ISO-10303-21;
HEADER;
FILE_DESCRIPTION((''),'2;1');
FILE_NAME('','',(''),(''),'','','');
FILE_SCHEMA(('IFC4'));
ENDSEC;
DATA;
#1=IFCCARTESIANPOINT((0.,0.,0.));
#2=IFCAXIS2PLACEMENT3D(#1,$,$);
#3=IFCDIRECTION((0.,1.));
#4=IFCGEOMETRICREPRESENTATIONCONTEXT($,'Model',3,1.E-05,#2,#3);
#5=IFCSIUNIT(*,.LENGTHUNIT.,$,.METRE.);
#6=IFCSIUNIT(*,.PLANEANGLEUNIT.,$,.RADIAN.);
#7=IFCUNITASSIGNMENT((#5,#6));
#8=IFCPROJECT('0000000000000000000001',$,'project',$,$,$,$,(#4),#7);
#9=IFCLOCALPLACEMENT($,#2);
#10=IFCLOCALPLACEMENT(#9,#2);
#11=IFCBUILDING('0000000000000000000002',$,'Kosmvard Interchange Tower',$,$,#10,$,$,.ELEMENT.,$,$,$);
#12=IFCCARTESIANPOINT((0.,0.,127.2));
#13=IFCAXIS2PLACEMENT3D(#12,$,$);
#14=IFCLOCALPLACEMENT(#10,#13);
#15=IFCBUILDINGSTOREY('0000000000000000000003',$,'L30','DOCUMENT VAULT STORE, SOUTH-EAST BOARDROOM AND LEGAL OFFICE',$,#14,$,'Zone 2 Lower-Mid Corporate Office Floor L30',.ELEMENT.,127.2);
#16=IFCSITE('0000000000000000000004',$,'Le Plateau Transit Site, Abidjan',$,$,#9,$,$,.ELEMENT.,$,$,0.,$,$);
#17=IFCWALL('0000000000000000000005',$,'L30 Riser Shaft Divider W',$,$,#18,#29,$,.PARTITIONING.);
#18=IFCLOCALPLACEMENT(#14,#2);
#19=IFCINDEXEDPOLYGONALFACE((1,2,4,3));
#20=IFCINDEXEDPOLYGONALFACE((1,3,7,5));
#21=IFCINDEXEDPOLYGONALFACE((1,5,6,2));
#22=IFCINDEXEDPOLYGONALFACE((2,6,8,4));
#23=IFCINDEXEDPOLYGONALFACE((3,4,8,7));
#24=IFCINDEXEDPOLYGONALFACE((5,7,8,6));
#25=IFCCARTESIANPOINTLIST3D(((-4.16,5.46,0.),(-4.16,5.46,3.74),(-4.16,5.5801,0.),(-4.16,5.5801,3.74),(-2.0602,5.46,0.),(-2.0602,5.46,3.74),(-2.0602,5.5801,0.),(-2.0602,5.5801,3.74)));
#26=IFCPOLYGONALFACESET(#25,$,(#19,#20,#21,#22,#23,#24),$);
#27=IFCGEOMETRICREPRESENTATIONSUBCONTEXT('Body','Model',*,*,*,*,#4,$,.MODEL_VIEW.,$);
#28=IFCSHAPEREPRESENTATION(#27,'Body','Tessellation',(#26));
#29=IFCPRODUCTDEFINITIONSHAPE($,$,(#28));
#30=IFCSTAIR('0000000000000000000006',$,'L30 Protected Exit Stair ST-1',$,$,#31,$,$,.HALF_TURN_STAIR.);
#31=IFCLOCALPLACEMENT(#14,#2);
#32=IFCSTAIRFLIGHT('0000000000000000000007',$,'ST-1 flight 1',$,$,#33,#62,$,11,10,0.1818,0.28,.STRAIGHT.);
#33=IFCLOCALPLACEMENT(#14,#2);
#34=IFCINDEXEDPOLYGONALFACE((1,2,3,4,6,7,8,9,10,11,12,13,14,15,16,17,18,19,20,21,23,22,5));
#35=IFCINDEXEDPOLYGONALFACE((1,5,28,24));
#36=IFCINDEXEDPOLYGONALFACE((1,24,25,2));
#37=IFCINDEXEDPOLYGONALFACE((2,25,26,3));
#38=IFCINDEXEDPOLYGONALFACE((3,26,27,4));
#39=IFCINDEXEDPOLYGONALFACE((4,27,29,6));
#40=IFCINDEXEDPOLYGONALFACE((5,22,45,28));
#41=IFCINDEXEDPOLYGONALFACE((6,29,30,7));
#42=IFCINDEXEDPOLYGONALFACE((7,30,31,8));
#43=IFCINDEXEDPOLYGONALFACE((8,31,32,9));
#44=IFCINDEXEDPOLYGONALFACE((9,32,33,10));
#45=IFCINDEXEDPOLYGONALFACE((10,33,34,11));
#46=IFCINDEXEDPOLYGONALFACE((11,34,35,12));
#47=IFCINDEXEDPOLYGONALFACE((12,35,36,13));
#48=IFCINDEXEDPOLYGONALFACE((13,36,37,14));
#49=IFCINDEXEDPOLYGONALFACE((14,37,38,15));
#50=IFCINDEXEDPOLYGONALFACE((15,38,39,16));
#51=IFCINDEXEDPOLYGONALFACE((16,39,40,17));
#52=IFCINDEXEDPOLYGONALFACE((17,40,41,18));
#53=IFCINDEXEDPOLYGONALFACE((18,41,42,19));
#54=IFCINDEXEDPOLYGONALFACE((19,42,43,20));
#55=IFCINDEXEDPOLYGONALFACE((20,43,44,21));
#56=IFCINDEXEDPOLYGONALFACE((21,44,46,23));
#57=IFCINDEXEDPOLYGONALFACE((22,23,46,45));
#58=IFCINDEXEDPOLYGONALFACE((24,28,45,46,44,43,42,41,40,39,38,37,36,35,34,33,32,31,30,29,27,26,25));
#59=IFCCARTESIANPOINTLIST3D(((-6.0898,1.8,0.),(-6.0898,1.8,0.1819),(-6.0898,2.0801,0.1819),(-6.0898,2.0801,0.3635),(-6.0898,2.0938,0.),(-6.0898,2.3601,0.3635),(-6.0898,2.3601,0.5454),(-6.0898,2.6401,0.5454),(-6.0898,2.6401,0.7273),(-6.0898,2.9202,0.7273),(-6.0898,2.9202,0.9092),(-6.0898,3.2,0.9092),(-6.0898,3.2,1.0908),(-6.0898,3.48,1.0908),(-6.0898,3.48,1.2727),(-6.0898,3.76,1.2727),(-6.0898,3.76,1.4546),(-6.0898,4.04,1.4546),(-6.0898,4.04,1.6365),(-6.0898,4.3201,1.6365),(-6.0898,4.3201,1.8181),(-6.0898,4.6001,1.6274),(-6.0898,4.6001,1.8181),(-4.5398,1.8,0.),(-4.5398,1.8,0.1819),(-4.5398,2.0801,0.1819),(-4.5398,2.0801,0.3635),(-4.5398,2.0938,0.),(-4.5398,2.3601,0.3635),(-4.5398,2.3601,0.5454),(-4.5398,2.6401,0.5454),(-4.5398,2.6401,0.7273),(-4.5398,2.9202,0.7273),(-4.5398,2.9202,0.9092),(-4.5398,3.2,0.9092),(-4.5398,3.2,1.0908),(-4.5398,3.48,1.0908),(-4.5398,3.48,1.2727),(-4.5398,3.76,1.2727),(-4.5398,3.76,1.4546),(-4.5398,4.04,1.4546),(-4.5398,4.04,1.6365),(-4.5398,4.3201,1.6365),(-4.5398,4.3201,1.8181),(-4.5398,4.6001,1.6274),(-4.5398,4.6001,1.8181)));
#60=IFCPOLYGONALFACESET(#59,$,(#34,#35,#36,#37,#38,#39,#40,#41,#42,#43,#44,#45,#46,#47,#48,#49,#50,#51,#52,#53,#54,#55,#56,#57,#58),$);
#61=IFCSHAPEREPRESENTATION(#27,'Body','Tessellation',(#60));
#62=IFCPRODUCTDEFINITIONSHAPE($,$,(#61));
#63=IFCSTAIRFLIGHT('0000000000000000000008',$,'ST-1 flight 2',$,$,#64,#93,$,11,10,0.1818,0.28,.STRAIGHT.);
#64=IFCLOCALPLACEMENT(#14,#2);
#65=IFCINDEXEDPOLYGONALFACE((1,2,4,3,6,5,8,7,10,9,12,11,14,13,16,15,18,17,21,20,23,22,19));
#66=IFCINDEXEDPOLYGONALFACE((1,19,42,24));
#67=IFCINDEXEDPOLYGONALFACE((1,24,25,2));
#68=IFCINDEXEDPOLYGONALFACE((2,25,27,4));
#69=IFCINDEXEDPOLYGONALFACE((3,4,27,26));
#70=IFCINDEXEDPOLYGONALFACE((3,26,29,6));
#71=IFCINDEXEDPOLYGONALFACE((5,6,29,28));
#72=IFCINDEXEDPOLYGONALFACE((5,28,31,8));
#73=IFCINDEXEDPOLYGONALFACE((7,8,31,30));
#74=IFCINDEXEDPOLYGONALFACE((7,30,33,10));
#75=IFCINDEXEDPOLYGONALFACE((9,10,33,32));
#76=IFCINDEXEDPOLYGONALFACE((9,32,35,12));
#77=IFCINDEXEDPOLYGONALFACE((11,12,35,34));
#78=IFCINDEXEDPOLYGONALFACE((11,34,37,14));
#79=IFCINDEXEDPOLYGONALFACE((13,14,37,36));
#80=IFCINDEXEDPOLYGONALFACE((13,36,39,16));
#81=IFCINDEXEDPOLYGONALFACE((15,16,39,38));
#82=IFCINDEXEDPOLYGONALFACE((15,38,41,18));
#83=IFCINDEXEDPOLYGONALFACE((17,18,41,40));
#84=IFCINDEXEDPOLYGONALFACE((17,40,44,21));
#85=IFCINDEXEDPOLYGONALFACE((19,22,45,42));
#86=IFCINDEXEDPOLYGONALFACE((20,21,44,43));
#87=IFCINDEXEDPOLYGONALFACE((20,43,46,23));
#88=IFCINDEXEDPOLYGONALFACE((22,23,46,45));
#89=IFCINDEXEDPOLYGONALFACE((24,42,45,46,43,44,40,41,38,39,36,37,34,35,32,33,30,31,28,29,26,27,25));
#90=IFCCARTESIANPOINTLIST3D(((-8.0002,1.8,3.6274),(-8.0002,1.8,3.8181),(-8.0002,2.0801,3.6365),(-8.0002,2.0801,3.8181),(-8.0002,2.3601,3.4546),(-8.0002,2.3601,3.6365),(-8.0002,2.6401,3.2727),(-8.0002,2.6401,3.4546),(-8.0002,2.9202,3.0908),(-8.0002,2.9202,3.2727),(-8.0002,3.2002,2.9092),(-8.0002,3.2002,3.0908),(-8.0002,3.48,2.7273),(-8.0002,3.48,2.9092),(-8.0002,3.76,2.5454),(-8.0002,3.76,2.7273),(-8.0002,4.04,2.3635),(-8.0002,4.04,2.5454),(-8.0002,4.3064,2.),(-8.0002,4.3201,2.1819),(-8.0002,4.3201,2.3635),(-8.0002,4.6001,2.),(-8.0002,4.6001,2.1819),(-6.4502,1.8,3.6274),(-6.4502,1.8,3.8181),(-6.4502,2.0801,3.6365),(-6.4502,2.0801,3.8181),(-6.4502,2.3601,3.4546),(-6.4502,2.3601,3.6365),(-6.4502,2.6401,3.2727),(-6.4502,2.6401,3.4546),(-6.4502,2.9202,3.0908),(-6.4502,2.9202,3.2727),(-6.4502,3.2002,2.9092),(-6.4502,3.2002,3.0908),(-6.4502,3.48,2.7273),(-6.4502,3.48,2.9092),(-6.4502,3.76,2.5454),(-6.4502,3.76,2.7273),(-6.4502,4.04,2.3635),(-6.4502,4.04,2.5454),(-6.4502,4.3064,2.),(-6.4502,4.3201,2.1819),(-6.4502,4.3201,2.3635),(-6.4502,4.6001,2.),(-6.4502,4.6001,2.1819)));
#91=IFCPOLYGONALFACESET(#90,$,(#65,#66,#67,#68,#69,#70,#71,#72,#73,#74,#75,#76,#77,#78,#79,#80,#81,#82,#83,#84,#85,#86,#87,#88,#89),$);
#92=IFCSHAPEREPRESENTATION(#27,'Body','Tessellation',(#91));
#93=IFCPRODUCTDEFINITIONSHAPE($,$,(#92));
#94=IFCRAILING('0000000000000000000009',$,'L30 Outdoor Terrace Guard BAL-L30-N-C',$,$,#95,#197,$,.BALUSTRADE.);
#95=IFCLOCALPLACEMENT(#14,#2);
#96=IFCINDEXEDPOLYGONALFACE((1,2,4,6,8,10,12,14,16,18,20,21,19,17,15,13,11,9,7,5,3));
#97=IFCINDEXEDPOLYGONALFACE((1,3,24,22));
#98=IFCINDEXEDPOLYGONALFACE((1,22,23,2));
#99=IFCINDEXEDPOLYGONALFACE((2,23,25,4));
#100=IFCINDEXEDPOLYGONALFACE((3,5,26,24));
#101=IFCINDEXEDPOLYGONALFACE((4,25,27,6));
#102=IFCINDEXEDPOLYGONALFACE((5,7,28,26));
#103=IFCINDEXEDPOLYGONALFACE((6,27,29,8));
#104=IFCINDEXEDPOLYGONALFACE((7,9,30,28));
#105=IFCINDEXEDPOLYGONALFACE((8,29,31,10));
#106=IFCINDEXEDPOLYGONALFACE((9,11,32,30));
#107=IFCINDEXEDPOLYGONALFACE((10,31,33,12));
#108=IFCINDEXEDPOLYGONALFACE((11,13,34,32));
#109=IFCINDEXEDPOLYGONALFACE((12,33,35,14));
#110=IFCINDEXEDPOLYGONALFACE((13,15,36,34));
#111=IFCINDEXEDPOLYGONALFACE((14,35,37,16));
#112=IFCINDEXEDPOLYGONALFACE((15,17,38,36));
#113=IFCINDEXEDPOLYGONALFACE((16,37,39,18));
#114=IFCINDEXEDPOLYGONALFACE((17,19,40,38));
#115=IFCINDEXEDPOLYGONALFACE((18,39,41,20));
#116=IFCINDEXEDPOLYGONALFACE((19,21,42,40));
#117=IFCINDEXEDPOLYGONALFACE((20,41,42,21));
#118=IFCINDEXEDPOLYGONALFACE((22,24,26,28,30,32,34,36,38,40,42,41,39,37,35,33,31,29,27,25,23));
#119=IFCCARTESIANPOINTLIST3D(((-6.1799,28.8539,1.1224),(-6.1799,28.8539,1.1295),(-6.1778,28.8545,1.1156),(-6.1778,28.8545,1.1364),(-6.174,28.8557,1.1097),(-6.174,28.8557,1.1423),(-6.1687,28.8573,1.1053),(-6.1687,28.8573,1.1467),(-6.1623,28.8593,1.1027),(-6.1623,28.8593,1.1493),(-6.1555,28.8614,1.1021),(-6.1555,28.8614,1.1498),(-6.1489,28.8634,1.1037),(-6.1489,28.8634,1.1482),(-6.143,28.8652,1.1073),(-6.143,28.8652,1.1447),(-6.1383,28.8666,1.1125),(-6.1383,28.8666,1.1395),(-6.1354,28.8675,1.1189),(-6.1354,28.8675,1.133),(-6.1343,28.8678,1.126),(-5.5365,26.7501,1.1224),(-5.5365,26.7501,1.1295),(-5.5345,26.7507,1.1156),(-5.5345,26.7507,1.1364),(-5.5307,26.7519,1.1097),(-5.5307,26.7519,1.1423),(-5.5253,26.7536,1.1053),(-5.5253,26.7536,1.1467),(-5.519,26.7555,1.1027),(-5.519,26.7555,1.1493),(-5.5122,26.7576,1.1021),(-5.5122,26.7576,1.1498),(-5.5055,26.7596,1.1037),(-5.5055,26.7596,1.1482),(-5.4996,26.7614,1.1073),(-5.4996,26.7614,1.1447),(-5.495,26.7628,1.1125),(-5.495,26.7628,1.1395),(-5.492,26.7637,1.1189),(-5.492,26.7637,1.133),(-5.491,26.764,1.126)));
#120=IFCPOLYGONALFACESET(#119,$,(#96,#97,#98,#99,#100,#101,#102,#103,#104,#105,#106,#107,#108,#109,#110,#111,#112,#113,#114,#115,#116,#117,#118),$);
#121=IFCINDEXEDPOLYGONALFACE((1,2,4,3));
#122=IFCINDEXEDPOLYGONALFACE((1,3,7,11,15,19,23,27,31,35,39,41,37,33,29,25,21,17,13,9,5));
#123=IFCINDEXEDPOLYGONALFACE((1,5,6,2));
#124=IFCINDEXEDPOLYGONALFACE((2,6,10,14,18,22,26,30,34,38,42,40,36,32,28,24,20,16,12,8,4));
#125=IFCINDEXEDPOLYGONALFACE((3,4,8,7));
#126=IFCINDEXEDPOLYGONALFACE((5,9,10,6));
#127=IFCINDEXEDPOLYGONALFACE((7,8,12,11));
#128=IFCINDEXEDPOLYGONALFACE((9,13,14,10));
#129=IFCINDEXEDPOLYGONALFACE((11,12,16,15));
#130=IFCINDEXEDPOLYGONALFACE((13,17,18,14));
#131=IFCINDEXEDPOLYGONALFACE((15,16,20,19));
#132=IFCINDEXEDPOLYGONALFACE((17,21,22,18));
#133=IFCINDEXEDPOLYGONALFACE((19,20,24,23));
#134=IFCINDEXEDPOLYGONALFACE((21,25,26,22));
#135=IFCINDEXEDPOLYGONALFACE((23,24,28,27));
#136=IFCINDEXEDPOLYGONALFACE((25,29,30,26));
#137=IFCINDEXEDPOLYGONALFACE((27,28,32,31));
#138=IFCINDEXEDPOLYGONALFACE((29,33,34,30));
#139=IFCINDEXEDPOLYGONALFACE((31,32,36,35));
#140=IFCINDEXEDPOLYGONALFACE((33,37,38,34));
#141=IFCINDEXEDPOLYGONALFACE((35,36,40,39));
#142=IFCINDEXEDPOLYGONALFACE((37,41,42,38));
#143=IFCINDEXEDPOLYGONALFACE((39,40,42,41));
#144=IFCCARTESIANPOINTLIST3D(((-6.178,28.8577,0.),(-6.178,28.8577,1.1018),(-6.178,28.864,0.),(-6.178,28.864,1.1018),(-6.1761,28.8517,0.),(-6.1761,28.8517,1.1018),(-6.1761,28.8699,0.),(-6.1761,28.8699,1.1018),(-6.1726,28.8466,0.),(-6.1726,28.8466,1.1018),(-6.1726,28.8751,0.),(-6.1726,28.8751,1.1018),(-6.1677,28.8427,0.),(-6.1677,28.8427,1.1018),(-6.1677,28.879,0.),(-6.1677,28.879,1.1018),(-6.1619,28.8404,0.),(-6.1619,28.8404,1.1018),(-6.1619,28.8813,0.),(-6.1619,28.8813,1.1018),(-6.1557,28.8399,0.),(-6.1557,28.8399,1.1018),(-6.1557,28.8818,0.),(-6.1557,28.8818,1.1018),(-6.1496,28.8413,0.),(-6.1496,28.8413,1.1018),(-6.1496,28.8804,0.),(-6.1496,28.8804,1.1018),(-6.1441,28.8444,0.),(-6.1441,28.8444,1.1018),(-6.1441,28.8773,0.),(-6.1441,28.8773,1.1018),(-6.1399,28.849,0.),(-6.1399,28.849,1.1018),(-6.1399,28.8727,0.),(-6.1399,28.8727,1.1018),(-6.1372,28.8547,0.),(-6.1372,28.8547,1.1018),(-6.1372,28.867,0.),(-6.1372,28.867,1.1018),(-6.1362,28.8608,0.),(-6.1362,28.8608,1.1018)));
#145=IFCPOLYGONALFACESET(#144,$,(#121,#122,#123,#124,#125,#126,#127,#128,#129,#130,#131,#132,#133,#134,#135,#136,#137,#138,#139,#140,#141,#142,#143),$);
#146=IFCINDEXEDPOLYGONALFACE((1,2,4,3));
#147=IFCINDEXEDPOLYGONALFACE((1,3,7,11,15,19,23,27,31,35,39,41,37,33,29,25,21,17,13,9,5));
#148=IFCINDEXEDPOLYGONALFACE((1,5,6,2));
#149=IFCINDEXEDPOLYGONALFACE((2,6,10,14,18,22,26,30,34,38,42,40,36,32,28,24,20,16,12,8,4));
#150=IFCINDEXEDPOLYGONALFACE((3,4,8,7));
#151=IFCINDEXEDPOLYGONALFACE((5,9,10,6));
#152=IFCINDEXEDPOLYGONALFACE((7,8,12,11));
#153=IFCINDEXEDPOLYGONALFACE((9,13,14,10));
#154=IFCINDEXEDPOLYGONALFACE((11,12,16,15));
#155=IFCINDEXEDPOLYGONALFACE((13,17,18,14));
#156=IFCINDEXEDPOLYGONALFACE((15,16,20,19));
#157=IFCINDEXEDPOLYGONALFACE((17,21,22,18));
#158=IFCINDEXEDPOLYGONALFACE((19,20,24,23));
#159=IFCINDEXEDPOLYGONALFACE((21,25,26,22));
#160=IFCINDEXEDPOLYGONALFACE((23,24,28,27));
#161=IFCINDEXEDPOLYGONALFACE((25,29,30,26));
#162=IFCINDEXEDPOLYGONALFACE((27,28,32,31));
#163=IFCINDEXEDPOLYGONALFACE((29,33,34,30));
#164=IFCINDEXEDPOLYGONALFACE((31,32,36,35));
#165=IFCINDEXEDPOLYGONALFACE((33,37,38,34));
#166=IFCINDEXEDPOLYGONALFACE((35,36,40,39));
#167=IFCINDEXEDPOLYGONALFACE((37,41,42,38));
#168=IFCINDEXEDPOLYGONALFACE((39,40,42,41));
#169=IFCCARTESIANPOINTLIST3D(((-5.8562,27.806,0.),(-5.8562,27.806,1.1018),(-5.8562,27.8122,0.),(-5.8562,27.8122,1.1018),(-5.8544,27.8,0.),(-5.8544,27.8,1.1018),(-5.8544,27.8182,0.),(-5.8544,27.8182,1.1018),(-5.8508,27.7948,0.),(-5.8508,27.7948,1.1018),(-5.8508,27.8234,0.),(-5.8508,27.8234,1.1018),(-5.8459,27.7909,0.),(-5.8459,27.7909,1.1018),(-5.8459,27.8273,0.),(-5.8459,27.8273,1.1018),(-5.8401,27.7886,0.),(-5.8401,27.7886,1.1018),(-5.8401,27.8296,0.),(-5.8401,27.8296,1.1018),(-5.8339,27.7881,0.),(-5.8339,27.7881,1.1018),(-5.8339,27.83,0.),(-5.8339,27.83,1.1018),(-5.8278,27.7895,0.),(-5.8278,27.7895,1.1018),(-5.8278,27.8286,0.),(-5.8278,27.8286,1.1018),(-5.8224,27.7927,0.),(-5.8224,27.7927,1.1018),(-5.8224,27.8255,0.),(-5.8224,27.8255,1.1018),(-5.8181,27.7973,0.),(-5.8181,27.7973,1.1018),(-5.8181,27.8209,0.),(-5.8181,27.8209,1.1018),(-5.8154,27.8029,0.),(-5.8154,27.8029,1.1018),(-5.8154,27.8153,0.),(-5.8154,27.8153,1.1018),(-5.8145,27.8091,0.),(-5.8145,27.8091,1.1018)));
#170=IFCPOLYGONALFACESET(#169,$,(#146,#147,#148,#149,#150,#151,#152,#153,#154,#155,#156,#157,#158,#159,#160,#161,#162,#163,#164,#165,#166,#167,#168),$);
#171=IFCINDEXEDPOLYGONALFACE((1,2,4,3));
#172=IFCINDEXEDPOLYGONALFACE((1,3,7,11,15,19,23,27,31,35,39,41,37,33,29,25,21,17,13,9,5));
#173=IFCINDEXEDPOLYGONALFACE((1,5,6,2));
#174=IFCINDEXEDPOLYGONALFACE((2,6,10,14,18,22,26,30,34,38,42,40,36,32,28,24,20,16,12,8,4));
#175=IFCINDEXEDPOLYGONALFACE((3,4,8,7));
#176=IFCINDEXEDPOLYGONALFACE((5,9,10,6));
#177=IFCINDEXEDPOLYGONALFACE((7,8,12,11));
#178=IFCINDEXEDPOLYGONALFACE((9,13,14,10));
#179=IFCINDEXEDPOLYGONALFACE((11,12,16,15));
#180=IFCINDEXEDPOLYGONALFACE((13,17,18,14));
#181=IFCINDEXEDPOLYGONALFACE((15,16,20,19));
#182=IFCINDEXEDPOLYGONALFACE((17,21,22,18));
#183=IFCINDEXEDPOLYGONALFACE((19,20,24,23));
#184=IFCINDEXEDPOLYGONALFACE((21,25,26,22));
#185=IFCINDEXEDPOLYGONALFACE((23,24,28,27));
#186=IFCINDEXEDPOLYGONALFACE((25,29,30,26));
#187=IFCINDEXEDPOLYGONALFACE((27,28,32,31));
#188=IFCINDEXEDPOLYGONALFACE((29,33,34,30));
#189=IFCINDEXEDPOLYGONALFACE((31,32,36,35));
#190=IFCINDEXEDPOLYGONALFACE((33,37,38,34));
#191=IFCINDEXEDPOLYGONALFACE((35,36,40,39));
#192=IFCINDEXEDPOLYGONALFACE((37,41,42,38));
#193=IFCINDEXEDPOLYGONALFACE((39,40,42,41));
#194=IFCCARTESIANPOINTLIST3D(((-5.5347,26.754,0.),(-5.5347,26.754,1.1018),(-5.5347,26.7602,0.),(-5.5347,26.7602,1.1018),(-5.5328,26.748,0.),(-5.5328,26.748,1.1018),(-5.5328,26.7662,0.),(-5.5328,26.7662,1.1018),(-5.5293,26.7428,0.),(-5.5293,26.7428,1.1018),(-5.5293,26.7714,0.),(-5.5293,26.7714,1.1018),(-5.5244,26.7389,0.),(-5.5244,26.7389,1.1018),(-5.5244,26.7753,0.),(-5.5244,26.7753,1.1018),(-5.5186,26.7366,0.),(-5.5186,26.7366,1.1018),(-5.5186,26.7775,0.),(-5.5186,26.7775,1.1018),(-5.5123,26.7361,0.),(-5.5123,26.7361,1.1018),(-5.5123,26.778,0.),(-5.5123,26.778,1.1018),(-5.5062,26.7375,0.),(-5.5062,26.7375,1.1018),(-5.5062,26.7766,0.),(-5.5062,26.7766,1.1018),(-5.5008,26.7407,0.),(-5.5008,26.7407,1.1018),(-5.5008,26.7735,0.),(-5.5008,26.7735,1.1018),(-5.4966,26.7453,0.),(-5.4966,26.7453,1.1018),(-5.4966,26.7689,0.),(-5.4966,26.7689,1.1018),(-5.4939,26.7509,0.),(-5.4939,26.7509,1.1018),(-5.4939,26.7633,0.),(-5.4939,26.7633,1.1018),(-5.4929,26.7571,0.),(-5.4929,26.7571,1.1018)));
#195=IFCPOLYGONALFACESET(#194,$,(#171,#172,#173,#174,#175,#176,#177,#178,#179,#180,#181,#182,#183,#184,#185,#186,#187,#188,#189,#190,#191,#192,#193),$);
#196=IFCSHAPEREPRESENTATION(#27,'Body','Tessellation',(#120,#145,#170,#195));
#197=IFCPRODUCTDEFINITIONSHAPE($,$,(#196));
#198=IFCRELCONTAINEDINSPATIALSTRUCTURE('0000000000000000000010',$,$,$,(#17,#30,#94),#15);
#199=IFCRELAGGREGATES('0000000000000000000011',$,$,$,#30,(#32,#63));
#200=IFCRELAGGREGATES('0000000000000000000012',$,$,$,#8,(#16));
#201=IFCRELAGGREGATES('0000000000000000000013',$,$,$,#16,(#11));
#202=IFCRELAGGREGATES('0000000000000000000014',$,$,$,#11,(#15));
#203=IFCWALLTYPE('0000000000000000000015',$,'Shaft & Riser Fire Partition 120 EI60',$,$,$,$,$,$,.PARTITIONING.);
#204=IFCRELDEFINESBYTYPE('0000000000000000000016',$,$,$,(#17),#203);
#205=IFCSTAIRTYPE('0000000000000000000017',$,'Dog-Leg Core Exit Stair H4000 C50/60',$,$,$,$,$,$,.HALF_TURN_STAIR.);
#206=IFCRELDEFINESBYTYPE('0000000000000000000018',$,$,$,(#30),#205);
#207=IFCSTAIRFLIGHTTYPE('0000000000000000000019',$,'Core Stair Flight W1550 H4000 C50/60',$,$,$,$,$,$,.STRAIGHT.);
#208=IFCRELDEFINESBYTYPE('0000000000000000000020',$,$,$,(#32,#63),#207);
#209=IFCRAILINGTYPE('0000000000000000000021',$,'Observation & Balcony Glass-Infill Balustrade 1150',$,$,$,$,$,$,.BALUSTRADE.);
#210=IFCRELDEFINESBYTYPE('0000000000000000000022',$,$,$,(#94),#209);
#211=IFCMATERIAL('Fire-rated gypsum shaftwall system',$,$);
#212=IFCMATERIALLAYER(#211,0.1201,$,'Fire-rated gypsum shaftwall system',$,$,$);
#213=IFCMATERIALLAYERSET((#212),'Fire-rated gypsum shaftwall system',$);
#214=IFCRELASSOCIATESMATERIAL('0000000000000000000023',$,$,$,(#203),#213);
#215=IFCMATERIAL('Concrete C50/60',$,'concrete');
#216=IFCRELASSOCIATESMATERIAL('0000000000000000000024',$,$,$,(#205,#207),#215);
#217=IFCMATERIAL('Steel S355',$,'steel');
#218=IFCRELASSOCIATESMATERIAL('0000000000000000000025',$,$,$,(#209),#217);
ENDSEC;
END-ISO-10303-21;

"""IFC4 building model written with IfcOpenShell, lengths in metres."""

from ifc_helpers import new_model, si_unit, direction, frame, frame_2d, origin, origin_2d, place, context, subcontext, project, spatial, polyline, rectangle, circle, outline, extrude, source, transform, mapped, material, layer, layer_set, type_object, element, aggregate, save


model = new_model("IFC4")

# Units and contexts
model_context = context("Model", 3, precision=1e-05, world=origin(), true_north=direction((0.0, 1.0)))
body_context = subcontext(model_context, "Body", "Model", "MODEL_VIEW")
ifc_project = project(units=[si_unit("LENGTHUNIT", "METRE"), si_unit("PLANEANGLEUNIT", "RADIAN")], contexts=[model_context])

# Site, building, storey
site_placement = place(None, origin())
site = spatial("IfcSite", under=ifc_project, at=site_placement, Name="Le Plateau Transit Site, Abidjan", CompositionType="ELEMENT", RefElevation=0.0)
building_placement = place(site_placement, origin())
building = spatial("IfcBuilding", under=site, at=building_placement, Name="Kosmvard Interchange Tower", CompositionType="ELEMENT")
storey_placement = place(building_placement, frame((0.0, 0.0, 127.2)))
storey = spatial("IfcBuildingStorey", under=building, at=storey_placement, Name="L30", Description="DOCUMENT VAULT STORE, SOUTH-EAST BOARDROOM AND LEGAL OFFICE", LongName="Zone 2 Lower-Mid Corporate Office Floor L30", CompositionType="ELEMENT", Elevation=127.2)

# Shared definitions
ifc_material_1 = material(Name="Steel S355", Category="steel")

# Wall
ifc_material_2 = material(Name="Fire-rated gypsum shaftwall system")
ifc_layer_1 = layer(ifc_material_2, 0.1201, Name="Fire-rated gypsum shaftwall system")
ifc_layer_set_1 = layer_set([ifc_layer_1], Name="Fire-rated gypsum shaftwall system")
wall_type_1 = type_object("IfcWallType", Name="Shaft & Riser Fire Partition 120 EI60", PredefinedType="PARTITIONING", material=ifc_layer_set_1)
wall_1_placement = place(storey_placement, frame((-4.1599, 5.52, 0.0), z_axis=(0.0, 0.0, 1.0), x_axis=(1.0, 0.0, 0.0)))
element("IfcWall", 1, at=wall_1_placement, inside=storey, type_object=wall_type_1, Name="L30 Riser Shaft Divider W", PredefinedType="PARTITIONING", context=body_context, shape_type="SweptSolid", body=[
    extrude(rectangle(XDim=2.0999, YDim=0.1201, at=frame_2d((1.0498, 0.0))), origin(), (0.0, 0.0, 1.0), 3.74),
])

# Stair, stair flights
ifc_material_3 = material(Name="Concrete C50/60", Category="concrete")
stair_type = type_object("IfcStairType", Name="Dog-Leg Core Exit Stair H4000 C50/60", PredefinedType="HALF_TURN_STAIR", material=ifc_material_3)
stair_placement = place(storey_placement, origin())
stair = element("IfcStair", 2, at=stair_placement, inside=storey, type_object=stair_type, Name="L30 Protected Exit Stair ST-1", PredefinedType="HALF_TURN_STAIR")
stair_flight_type = type_object("IfcStairFlightType", Name="Core Stair Flight W1550 H4000 C50/60", PredefinedType="STRAIGHT", material=ifc_material_3)
shared_shape_1 = source(origin(), body_context, "Body", "SweptSolid", [
    extrude(outline(polyline([(0.0, 0.0), (0.0, 0.1819), (0.28, 0.1819), (0.28, 0.3635), (0.5601, 0.3635), (0.5601, 0.5454), (0.8401, 0.5454), (0.8401, 0.7273), (1.1201, 0.7273), (1.1201, 0.9092), (1.3999, 0.9092), (1.3999, 1.0908), (1.6799, 1.0908), (1.6799, 1.2727), (1.96, 1.2727), (1.96, 1.4546), (2.24, 1.4546), (2.24, 1.6365), (2.52, 1.6365), (2.52, 1.8181), (2.8, 1.8181), (2.8, 2.0), (2.8, 1.6274), (0.2937, 0.0), (0.0, 0.0)])), frame((0.0, 0.7749, 0.0), z_axis=(0.0, -1.0, 0.0), x_axis=(1.0, 0.0, 0.0)), (0.0, 0.0, 1.0), 1.55),
])
stair_flight_1_placement = place(storey_placement, frame((-5.3149, 1.8, 0.0), z_axis=(0.0, 0.0, 1.0), x_axis=(0.0, 1.0, 0.0)))
stair_flight_1 = element("IfcStairFlight", 3, at=stair_flight_1_placement, type_object=stair_flight_type, Name="ST-1 flight 1", NumberOfRisers=11, NumberOfTreads=10, PredefinedType="STRAIGHT", RiserHeight=0.1818, TreadLength=0.28, context=body_context, shape_type="MappedRepresentation", body=[
    mapped(shared_shape_1, transform((0.0, 0.0, 0.0), scale=1.0)),
])
stair_flight_2_placement = place(storey_placement, frame((-7.2251, 4.6001, 2.0), z_axis=(0.0, 0.0, 1.0), x_axis=(0.0, -1.0, 0.0)))
stair_flight_2 = element("IfcStairFlight", 4, at=stair_flight_2_placement, type_object=stair_flight_type, Name="ST-1 flight 2", NumberOfRisers=11, NumberOfTreads=10, PredefinedType="STRAIGHT", RiserHeight=0.1818, TreadLength=0.28, context=body_context, shape_type="MappedRepresentation", body=[
    mapped(shared_shape_1, transform((0.0, 0.0, 0.0), scale=1.0)),
])
aggregate(stair, [stair_flight_1, stair_flight_2])

# Railing
railing_type_1 = type_object("IfcRailingType", Name="Observation & Balcony Glass-Infill Balustrade 1150", PredefinedType="BALUSTRADE", material=ifc_material_1)
shared_shape_2 = source(origin(), body_context, "Body", "SweptSolid", [
    extrude(circle(Radius=0.0239, at=origin_2d()), frame((0.0, 0.0, 1.126), z_axis=(0.292424, -0.956289, 0.0), x_axis=(0.956289, 0.292424, 0.0)), (0.0, 0.0, 1.0), 2.2),
    extrude(circle(Radius=0.021, at=origin_2d()), origin(), (0.0, 0.0, 1.0), 1.1018),
    extrude(circle(Radius=0.021, at=origin_2d()), frame((0.3218, -1.0518, 0.0)), (0.0, 0.0, 1.0), 1.1018),
    extrude(circle(Radius=0.021, at=origin_2d()), frame((0.6433, -2.1038, 0.0)), (0.0, 0.0, 1.0), 1.1018),
])
railing_1_placement = place(storey_placement, frame((-6.1572, 28.8608, 0.0)))
element("IfcRailing", 5, at=railing_1_placement, inside=storey, type_object=railing_type_1, Name="L30 Outdoor Terrace Guard BAL-L30-N-C", PredefinedType="BALUSTRADE", context=body_context, shape_type="MappedRepresentation", body=[
    mapped(shared_shape_2, transform((0.0, 0.0, 0.0), scale=1.0)),
])

save(model, "model.ifc")
